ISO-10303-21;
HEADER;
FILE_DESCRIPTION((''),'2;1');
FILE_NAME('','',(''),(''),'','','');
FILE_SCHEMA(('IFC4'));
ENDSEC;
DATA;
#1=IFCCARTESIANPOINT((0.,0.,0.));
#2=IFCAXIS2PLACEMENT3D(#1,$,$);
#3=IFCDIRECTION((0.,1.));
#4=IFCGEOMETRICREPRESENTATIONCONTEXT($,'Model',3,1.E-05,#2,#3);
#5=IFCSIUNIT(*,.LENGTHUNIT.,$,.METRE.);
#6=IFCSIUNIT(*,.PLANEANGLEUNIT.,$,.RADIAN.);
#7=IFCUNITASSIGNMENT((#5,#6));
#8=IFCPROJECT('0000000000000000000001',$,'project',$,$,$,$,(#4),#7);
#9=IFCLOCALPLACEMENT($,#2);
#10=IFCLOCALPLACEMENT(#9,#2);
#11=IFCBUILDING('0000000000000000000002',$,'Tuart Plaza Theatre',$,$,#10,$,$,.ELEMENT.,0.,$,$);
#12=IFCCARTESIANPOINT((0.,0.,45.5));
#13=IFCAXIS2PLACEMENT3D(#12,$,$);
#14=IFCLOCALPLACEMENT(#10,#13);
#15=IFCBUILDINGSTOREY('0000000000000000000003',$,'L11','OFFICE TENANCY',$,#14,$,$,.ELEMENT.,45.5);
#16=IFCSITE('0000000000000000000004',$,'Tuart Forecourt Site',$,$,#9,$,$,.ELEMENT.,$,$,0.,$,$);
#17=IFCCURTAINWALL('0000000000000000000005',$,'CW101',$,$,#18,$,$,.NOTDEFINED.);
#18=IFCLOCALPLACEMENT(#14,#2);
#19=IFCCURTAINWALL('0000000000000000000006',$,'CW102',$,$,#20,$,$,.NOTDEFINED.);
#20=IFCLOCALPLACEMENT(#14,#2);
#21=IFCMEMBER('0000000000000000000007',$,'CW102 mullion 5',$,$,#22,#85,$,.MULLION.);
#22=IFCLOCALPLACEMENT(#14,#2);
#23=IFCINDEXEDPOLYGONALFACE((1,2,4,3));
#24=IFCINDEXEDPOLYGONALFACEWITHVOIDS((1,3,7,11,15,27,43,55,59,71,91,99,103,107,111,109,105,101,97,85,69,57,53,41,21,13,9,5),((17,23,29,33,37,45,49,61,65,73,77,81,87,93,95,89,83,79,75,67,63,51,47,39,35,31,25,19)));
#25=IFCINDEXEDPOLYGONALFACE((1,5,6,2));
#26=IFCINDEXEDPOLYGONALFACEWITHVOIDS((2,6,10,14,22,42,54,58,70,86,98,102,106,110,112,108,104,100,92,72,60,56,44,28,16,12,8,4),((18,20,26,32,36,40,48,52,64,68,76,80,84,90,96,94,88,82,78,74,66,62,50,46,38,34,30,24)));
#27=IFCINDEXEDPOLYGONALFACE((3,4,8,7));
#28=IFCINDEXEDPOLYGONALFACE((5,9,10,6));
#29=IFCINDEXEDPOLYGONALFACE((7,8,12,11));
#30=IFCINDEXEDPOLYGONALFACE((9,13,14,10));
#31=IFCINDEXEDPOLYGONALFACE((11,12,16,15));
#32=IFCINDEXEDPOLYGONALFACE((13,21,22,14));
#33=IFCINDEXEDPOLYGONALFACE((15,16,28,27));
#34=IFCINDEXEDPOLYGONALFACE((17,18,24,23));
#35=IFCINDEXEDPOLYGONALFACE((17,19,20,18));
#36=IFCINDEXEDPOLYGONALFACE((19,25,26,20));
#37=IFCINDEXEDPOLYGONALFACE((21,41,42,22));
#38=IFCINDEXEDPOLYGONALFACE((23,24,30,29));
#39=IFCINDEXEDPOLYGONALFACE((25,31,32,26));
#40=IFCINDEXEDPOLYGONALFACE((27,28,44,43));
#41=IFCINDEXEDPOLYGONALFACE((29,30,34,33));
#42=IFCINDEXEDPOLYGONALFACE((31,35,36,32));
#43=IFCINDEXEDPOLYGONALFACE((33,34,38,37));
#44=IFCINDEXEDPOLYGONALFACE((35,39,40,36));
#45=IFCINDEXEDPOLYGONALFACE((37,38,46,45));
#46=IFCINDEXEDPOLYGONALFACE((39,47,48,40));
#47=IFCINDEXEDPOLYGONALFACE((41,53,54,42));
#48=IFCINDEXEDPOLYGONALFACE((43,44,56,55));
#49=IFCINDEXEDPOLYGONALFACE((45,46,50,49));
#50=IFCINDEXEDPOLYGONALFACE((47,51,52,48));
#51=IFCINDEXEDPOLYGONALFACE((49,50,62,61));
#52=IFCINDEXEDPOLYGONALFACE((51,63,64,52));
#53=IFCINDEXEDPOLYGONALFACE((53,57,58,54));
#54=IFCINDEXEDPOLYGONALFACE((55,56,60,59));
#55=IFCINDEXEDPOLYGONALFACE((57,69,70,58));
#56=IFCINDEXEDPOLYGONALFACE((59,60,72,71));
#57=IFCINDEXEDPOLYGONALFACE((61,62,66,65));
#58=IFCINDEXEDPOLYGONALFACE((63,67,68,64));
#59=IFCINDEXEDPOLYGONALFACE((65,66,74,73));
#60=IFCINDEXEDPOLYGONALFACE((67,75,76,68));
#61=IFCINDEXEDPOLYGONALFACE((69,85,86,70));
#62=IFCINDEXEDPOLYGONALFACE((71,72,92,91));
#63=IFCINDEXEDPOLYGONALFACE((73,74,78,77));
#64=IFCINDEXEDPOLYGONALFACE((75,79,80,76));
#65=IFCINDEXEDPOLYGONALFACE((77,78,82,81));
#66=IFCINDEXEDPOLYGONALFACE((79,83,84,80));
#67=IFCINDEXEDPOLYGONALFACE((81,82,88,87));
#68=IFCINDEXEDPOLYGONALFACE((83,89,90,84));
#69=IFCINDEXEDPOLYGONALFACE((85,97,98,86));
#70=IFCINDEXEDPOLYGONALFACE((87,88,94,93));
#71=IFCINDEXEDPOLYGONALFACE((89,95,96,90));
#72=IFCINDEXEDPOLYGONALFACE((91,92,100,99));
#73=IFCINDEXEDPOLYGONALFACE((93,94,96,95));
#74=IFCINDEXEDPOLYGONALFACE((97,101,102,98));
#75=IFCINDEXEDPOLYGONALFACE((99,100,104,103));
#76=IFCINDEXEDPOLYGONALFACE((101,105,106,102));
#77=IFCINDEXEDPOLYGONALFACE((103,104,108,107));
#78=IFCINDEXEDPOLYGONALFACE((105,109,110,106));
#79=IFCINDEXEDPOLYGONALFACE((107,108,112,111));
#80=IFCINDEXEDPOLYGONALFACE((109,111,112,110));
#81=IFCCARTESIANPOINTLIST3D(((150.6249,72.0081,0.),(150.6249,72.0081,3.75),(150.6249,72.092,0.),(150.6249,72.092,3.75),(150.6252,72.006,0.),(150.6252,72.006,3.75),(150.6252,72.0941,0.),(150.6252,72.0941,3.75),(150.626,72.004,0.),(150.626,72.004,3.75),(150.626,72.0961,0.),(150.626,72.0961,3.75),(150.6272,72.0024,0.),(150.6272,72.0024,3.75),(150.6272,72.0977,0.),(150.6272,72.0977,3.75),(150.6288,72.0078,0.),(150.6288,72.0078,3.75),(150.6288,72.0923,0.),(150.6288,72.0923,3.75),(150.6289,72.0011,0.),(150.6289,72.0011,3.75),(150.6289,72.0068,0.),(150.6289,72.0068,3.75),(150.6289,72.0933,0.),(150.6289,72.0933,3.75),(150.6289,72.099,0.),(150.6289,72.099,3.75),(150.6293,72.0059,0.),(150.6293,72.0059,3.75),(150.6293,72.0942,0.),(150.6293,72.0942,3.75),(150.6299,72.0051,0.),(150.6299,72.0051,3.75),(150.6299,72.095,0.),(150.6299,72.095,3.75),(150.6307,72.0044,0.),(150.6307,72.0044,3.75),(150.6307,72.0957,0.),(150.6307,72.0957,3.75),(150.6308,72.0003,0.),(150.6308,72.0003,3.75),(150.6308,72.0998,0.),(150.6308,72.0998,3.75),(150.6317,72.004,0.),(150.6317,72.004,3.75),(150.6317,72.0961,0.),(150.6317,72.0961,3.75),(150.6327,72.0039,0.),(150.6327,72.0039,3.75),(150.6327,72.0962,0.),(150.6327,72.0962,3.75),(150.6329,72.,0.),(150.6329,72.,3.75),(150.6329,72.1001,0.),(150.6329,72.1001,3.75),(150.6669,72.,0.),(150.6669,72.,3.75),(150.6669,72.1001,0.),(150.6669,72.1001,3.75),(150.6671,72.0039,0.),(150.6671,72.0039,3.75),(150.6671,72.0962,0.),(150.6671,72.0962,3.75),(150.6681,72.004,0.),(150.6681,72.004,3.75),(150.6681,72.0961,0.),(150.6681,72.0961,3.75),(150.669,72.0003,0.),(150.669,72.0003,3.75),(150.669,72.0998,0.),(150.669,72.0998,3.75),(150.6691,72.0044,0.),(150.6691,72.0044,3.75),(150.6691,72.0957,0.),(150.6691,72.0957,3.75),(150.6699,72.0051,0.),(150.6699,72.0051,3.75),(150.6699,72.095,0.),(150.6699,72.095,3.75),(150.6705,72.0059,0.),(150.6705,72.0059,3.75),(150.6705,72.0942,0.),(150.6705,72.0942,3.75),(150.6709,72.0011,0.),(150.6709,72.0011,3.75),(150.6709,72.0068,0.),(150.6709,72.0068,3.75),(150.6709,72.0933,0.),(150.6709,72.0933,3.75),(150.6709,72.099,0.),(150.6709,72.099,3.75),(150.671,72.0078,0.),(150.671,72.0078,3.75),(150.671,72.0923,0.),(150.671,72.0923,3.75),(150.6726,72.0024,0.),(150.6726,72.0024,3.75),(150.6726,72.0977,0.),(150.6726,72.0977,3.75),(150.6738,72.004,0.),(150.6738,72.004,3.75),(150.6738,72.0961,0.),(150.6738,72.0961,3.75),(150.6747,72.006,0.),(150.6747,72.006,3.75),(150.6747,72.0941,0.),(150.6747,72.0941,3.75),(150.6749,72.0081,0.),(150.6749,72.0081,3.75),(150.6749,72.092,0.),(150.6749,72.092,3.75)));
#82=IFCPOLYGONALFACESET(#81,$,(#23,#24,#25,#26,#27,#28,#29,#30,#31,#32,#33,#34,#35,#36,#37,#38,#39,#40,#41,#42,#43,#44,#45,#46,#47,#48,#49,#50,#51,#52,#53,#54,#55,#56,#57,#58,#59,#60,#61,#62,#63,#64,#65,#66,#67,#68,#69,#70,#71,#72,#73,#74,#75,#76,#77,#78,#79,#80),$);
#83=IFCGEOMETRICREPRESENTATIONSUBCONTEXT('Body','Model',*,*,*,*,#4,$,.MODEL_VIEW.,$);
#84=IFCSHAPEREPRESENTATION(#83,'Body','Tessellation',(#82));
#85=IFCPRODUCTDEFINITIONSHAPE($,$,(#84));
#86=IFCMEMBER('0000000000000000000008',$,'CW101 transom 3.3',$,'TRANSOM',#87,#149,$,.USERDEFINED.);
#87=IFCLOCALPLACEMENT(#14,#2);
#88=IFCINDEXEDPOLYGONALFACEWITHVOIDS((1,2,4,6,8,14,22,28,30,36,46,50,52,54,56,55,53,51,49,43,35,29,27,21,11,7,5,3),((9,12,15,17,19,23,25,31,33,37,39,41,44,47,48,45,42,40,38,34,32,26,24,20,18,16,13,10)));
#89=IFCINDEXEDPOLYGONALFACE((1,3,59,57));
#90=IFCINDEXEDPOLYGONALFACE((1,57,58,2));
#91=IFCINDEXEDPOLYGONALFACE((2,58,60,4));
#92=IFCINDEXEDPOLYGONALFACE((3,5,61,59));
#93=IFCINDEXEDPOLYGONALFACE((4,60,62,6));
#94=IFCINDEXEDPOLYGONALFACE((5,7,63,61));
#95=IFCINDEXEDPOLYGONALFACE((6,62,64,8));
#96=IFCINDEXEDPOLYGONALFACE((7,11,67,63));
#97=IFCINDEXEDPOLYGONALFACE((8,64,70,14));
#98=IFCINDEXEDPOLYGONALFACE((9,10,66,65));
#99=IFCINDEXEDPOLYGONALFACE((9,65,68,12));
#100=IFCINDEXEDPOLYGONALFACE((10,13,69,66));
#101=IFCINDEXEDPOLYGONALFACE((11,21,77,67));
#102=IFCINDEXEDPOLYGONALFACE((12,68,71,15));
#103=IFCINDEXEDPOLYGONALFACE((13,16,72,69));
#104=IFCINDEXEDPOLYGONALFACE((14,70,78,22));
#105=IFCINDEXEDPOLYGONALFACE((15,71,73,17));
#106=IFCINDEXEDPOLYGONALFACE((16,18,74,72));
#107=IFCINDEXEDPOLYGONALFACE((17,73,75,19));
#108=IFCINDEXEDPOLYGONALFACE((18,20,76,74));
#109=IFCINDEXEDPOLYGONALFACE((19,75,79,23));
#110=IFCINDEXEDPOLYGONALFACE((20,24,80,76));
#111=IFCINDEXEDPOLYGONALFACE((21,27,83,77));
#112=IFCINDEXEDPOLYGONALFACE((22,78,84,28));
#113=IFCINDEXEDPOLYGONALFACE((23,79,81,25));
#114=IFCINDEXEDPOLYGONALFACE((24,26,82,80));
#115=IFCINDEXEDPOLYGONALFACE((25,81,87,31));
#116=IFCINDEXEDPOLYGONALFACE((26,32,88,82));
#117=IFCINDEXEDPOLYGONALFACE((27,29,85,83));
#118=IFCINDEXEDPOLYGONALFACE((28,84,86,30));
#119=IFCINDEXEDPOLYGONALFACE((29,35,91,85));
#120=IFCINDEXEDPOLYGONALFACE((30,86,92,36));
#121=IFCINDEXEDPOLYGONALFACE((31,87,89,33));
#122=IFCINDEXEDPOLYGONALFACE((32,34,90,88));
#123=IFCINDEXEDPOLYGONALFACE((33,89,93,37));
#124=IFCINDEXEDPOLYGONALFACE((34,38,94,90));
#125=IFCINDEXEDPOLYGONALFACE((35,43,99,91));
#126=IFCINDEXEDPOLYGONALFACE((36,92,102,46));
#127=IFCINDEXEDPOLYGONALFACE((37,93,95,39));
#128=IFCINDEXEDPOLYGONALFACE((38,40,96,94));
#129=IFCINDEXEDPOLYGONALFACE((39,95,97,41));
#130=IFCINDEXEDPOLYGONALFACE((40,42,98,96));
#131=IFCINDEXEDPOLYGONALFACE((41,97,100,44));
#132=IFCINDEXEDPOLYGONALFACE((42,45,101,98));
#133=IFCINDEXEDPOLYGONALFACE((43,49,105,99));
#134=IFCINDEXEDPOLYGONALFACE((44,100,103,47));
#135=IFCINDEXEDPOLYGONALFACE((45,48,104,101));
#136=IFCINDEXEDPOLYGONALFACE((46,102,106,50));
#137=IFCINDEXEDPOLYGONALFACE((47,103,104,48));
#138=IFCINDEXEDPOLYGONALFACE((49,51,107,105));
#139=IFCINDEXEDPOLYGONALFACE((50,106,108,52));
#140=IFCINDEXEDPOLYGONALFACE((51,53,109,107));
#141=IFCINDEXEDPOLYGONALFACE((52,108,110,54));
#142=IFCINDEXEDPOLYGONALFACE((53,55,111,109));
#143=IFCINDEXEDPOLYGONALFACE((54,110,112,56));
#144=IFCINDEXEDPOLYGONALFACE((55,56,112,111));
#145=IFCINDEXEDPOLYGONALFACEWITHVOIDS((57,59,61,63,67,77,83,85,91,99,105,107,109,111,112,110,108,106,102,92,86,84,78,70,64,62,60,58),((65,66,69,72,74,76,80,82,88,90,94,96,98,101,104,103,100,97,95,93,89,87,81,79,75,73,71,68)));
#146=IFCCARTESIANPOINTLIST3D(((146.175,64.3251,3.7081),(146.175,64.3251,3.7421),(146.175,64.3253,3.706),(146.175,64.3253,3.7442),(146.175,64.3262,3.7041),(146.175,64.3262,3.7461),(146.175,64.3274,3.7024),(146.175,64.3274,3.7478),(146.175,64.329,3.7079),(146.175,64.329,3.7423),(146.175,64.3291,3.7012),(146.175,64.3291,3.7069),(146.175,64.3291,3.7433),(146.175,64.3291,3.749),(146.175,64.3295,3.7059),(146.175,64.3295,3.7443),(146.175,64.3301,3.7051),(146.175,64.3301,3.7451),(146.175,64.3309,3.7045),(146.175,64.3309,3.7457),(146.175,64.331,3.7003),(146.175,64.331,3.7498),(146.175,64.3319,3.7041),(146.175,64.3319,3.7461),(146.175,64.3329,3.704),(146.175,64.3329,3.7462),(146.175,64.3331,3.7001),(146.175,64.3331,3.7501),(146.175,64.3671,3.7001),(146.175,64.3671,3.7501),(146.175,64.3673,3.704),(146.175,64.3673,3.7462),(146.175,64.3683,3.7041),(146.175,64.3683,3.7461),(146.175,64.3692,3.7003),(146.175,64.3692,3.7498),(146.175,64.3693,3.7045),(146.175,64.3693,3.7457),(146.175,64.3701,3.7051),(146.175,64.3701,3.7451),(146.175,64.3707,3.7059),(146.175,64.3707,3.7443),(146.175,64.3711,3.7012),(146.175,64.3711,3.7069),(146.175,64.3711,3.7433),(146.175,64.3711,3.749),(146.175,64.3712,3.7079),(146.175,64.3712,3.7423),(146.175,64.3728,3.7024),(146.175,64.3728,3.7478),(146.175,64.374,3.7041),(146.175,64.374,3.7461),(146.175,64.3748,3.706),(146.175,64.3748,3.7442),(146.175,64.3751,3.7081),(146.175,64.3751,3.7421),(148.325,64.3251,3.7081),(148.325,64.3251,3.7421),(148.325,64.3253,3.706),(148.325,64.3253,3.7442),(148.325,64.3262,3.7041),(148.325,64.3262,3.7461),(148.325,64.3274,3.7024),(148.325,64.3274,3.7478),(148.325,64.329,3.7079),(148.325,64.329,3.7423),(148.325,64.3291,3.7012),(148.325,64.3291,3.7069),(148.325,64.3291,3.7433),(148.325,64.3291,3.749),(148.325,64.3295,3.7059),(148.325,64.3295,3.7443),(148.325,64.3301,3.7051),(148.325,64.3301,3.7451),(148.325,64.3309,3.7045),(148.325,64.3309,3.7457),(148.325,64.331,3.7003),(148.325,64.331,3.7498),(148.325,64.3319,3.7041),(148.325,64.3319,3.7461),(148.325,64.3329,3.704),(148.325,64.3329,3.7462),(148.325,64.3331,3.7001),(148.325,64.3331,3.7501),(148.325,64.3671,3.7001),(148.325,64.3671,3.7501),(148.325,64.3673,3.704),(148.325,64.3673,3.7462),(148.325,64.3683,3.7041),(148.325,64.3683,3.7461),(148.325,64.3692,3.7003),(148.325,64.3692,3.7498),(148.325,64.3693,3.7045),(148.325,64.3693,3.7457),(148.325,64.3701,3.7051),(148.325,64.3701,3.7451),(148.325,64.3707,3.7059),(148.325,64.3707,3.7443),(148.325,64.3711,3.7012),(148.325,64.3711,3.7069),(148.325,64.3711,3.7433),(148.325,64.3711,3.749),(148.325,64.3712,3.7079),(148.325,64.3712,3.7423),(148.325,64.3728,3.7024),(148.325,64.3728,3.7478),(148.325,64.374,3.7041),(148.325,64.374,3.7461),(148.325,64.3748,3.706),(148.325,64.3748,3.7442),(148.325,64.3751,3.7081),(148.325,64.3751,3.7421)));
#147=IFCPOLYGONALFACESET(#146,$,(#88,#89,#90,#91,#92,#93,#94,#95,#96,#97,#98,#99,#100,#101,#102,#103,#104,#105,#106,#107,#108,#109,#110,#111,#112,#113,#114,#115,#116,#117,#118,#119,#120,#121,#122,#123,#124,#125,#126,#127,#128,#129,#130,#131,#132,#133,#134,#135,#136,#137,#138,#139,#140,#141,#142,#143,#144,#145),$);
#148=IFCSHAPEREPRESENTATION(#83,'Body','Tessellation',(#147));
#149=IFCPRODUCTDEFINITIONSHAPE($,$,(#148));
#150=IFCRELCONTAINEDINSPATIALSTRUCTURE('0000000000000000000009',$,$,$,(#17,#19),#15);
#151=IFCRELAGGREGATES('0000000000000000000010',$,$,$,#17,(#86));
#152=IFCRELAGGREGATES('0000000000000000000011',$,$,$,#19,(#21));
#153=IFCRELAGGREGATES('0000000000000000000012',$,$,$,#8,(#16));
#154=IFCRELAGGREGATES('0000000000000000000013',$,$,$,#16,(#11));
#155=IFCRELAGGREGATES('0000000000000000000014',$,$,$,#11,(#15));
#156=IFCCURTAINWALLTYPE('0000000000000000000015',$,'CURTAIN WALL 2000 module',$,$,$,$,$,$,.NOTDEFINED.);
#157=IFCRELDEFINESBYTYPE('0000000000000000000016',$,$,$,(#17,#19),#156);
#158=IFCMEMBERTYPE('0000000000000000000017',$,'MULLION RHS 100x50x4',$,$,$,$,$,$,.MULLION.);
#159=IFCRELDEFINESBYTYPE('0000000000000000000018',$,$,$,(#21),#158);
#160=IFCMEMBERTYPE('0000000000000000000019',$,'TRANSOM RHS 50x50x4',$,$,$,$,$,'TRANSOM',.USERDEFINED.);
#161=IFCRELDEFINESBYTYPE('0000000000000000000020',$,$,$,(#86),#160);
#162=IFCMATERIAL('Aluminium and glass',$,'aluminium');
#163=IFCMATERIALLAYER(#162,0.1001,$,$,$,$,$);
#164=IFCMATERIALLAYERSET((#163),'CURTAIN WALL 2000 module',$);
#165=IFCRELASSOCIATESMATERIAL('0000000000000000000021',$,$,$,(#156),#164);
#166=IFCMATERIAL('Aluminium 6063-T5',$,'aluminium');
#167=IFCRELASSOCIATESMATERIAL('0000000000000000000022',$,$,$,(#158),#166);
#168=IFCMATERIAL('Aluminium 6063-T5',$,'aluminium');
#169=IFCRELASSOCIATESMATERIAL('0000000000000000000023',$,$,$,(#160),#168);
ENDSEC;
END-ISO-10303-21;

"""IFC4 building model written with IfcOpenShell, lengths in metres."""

from ifc_helpers import new_model, si_unit, direction, frame, origin, origin_2d, place, context, subcontext, project, spatial, hollow_rectangle, extrude, material, layer, layer_set, material_profile, profile_set, type_object, element, aggregate, save


model = new_model("IFC4")

# Units and contexts
model_context = context("Model", 3, precision=1e-05, world=origin(), true_north=direction((0.0, 1.0)))
body_context = subcontext(model_context, "Body", "Model", "MODEL_VIEW")
ifc_project = project(units=[si_unit("LENGTHUNIT", "METRE"), si_unit("PLANEANGLEUNIT", "RADIAN")], contexts=[model_context])

# Site, building, storey
site_placement = place(None, origin())
site = spatial("IfcSite", under=ifc_project, at=site_placement, Name="Tuart Forecourt Site", CompositionType="ELEMENT", RefElevation=0.0)
building_placement = place(site_placement, origin())
building = spatial("IfcBuilding", under=site, at=building_placement, Name="Tuart Plaza Theatre", CompositionType="ELEMENT", ElevationOfRefHeight=0.0)
storey_placement = place(building_placement, frame((0.0, 0.0, 45.5)))
storey = spatial("IfcBuildingStorey", under=building, at=storey_placement, Name="L11", Description="OFFICE TENANCY", CompositionType="ELEMENT", Elevation=45.5)

# Shared definitions
ifc_material_1 = material(Name="Aluminium and glass", Category="aluminium")
ifc_layer_1 = layer(ifc_material_1, 0.1001)
ifc_layer_set_1 = layer_set([ifc_layer_1], Name="CURTAIN WALL 2000 module")
curtain_wall_type = type_object("IfcCurtainWallType", Name="CURTAIN WALL 2000 module", PredefinedType="NOTDEFINED", material=ifc_layer_set_1)
ifc_material_2 = material(Name="Aluminium 6063-T5", Category="aluminium")
ifc_material_profile_1 = material_profile(ifc_material_2, hollow_rectangle(XDim=0.05, YDim=0.1001, WallThickness=0.0039, InnerFilletRadius=0.0039, OuterFilletRadius=0.0081, at=origin_2d()), Name="RHS 100x50x4")
ifc_profile_set_1 = profile_set([ifc_material_profile_1], Name="Aluminium 6063-T5")
member_type_1 = type_object("IfcMemberType", Name="MULLION RHS 100x50x4", PredefinedType="MULLION", material=ifc_profile_set_1)

# Curtain walls, member
curtain_wall_1_placement = place(storey_placement, origin())
curtain_wall_1 = element("IfcCurtainWall", 1, at=curtain_wall_1_placement, inside=storey, type_object=curtain_wall_type, Name="CW101", PredefinedType="NOTDEFINED")
curtain_wall_2_placement = place(storey_placement, origin())
curtain_wall_2 = element("IfcCurtainWall", 2, at=curtain_wall_2_placement, inside=storey, type_object=curtain_wall_type, Name="CW102", PredefinedType="NOTDEFINED")
member_1_placement = place(storey_placement, frame((150.6499, 72.05, 0.0), z_axis=(0.0, 0.0, 1.0), x_axis=(-1.0, 0.0, 0.0)))
member_1 = element("IfcMember", 3, at=member_1_placement, type_object=member_type_1, Name="CW102 mullion 5", PredefinedType="MULLION", context=body_context, shape_type="SweptSolid", body=[
    extrude(hollow_rectangle(XDim=0.05, YDim=0.1001, WallThickness=0.0039, InnerFilletRadius=0.0039, OuterFilletRadius=0.0081, at=origin_2d()), origin(), (0.0, 0.0, 1.0), 3.75),
])

# Member
ifc_material_3 = material(Name="Aluminium 6063-T5", Category="aluminium")
ifc_material_profile_2 = material_profile(ifc_material_3, hollow_rectangle(XDim=0.05, YDim=0.05, WallThickness=0.0039, InnerFilletRadius=0.0039, OuterFilletRadius=0.0081, at=origin_2d()), Name="RHS 50x50x4")
ifc_profile_set_2 = profile_set([ifc_material_profile_2], Name="Aluminium 6063-T5")
member_type_2 = type_object("IfcMemberType", Name="TRANSOM RHS 50x50x4", ElementType="TRANSOM", PredefinedType="USERDEFINED", material=ifc_profile_set_2)
member_2_placement = place(storey_placement, frame((146.175, 64.3501, 3.7251), z_axis=(1.0, 0.0, 0.0), x_axis=(0.0, 1.0, 0.0)))
member_2 = element("IfcMember", 4, at=member_2_placement, type_object=member_type_2, Name="CW101 transom 3.3", ObjectType="TRANSOM", PredefinedType="USERDEFINED", context=body_context, shape_type="SweptSolid", body=[
    extrude(hollow_rectangle(XDim=0.05, YDim=0.05, WallThickness=0.0039, InnerFilletRadius=0.0039, OuterFilletRadius=0.0081, at=origin_2d()), origin(), (0.0, 0.0, 1.0), 2.1499),
])

aggregate(curtain_wall_1, [member_2])
aggregate(curtain_wall_2, [member_1])

save(model, "model.ifc")
